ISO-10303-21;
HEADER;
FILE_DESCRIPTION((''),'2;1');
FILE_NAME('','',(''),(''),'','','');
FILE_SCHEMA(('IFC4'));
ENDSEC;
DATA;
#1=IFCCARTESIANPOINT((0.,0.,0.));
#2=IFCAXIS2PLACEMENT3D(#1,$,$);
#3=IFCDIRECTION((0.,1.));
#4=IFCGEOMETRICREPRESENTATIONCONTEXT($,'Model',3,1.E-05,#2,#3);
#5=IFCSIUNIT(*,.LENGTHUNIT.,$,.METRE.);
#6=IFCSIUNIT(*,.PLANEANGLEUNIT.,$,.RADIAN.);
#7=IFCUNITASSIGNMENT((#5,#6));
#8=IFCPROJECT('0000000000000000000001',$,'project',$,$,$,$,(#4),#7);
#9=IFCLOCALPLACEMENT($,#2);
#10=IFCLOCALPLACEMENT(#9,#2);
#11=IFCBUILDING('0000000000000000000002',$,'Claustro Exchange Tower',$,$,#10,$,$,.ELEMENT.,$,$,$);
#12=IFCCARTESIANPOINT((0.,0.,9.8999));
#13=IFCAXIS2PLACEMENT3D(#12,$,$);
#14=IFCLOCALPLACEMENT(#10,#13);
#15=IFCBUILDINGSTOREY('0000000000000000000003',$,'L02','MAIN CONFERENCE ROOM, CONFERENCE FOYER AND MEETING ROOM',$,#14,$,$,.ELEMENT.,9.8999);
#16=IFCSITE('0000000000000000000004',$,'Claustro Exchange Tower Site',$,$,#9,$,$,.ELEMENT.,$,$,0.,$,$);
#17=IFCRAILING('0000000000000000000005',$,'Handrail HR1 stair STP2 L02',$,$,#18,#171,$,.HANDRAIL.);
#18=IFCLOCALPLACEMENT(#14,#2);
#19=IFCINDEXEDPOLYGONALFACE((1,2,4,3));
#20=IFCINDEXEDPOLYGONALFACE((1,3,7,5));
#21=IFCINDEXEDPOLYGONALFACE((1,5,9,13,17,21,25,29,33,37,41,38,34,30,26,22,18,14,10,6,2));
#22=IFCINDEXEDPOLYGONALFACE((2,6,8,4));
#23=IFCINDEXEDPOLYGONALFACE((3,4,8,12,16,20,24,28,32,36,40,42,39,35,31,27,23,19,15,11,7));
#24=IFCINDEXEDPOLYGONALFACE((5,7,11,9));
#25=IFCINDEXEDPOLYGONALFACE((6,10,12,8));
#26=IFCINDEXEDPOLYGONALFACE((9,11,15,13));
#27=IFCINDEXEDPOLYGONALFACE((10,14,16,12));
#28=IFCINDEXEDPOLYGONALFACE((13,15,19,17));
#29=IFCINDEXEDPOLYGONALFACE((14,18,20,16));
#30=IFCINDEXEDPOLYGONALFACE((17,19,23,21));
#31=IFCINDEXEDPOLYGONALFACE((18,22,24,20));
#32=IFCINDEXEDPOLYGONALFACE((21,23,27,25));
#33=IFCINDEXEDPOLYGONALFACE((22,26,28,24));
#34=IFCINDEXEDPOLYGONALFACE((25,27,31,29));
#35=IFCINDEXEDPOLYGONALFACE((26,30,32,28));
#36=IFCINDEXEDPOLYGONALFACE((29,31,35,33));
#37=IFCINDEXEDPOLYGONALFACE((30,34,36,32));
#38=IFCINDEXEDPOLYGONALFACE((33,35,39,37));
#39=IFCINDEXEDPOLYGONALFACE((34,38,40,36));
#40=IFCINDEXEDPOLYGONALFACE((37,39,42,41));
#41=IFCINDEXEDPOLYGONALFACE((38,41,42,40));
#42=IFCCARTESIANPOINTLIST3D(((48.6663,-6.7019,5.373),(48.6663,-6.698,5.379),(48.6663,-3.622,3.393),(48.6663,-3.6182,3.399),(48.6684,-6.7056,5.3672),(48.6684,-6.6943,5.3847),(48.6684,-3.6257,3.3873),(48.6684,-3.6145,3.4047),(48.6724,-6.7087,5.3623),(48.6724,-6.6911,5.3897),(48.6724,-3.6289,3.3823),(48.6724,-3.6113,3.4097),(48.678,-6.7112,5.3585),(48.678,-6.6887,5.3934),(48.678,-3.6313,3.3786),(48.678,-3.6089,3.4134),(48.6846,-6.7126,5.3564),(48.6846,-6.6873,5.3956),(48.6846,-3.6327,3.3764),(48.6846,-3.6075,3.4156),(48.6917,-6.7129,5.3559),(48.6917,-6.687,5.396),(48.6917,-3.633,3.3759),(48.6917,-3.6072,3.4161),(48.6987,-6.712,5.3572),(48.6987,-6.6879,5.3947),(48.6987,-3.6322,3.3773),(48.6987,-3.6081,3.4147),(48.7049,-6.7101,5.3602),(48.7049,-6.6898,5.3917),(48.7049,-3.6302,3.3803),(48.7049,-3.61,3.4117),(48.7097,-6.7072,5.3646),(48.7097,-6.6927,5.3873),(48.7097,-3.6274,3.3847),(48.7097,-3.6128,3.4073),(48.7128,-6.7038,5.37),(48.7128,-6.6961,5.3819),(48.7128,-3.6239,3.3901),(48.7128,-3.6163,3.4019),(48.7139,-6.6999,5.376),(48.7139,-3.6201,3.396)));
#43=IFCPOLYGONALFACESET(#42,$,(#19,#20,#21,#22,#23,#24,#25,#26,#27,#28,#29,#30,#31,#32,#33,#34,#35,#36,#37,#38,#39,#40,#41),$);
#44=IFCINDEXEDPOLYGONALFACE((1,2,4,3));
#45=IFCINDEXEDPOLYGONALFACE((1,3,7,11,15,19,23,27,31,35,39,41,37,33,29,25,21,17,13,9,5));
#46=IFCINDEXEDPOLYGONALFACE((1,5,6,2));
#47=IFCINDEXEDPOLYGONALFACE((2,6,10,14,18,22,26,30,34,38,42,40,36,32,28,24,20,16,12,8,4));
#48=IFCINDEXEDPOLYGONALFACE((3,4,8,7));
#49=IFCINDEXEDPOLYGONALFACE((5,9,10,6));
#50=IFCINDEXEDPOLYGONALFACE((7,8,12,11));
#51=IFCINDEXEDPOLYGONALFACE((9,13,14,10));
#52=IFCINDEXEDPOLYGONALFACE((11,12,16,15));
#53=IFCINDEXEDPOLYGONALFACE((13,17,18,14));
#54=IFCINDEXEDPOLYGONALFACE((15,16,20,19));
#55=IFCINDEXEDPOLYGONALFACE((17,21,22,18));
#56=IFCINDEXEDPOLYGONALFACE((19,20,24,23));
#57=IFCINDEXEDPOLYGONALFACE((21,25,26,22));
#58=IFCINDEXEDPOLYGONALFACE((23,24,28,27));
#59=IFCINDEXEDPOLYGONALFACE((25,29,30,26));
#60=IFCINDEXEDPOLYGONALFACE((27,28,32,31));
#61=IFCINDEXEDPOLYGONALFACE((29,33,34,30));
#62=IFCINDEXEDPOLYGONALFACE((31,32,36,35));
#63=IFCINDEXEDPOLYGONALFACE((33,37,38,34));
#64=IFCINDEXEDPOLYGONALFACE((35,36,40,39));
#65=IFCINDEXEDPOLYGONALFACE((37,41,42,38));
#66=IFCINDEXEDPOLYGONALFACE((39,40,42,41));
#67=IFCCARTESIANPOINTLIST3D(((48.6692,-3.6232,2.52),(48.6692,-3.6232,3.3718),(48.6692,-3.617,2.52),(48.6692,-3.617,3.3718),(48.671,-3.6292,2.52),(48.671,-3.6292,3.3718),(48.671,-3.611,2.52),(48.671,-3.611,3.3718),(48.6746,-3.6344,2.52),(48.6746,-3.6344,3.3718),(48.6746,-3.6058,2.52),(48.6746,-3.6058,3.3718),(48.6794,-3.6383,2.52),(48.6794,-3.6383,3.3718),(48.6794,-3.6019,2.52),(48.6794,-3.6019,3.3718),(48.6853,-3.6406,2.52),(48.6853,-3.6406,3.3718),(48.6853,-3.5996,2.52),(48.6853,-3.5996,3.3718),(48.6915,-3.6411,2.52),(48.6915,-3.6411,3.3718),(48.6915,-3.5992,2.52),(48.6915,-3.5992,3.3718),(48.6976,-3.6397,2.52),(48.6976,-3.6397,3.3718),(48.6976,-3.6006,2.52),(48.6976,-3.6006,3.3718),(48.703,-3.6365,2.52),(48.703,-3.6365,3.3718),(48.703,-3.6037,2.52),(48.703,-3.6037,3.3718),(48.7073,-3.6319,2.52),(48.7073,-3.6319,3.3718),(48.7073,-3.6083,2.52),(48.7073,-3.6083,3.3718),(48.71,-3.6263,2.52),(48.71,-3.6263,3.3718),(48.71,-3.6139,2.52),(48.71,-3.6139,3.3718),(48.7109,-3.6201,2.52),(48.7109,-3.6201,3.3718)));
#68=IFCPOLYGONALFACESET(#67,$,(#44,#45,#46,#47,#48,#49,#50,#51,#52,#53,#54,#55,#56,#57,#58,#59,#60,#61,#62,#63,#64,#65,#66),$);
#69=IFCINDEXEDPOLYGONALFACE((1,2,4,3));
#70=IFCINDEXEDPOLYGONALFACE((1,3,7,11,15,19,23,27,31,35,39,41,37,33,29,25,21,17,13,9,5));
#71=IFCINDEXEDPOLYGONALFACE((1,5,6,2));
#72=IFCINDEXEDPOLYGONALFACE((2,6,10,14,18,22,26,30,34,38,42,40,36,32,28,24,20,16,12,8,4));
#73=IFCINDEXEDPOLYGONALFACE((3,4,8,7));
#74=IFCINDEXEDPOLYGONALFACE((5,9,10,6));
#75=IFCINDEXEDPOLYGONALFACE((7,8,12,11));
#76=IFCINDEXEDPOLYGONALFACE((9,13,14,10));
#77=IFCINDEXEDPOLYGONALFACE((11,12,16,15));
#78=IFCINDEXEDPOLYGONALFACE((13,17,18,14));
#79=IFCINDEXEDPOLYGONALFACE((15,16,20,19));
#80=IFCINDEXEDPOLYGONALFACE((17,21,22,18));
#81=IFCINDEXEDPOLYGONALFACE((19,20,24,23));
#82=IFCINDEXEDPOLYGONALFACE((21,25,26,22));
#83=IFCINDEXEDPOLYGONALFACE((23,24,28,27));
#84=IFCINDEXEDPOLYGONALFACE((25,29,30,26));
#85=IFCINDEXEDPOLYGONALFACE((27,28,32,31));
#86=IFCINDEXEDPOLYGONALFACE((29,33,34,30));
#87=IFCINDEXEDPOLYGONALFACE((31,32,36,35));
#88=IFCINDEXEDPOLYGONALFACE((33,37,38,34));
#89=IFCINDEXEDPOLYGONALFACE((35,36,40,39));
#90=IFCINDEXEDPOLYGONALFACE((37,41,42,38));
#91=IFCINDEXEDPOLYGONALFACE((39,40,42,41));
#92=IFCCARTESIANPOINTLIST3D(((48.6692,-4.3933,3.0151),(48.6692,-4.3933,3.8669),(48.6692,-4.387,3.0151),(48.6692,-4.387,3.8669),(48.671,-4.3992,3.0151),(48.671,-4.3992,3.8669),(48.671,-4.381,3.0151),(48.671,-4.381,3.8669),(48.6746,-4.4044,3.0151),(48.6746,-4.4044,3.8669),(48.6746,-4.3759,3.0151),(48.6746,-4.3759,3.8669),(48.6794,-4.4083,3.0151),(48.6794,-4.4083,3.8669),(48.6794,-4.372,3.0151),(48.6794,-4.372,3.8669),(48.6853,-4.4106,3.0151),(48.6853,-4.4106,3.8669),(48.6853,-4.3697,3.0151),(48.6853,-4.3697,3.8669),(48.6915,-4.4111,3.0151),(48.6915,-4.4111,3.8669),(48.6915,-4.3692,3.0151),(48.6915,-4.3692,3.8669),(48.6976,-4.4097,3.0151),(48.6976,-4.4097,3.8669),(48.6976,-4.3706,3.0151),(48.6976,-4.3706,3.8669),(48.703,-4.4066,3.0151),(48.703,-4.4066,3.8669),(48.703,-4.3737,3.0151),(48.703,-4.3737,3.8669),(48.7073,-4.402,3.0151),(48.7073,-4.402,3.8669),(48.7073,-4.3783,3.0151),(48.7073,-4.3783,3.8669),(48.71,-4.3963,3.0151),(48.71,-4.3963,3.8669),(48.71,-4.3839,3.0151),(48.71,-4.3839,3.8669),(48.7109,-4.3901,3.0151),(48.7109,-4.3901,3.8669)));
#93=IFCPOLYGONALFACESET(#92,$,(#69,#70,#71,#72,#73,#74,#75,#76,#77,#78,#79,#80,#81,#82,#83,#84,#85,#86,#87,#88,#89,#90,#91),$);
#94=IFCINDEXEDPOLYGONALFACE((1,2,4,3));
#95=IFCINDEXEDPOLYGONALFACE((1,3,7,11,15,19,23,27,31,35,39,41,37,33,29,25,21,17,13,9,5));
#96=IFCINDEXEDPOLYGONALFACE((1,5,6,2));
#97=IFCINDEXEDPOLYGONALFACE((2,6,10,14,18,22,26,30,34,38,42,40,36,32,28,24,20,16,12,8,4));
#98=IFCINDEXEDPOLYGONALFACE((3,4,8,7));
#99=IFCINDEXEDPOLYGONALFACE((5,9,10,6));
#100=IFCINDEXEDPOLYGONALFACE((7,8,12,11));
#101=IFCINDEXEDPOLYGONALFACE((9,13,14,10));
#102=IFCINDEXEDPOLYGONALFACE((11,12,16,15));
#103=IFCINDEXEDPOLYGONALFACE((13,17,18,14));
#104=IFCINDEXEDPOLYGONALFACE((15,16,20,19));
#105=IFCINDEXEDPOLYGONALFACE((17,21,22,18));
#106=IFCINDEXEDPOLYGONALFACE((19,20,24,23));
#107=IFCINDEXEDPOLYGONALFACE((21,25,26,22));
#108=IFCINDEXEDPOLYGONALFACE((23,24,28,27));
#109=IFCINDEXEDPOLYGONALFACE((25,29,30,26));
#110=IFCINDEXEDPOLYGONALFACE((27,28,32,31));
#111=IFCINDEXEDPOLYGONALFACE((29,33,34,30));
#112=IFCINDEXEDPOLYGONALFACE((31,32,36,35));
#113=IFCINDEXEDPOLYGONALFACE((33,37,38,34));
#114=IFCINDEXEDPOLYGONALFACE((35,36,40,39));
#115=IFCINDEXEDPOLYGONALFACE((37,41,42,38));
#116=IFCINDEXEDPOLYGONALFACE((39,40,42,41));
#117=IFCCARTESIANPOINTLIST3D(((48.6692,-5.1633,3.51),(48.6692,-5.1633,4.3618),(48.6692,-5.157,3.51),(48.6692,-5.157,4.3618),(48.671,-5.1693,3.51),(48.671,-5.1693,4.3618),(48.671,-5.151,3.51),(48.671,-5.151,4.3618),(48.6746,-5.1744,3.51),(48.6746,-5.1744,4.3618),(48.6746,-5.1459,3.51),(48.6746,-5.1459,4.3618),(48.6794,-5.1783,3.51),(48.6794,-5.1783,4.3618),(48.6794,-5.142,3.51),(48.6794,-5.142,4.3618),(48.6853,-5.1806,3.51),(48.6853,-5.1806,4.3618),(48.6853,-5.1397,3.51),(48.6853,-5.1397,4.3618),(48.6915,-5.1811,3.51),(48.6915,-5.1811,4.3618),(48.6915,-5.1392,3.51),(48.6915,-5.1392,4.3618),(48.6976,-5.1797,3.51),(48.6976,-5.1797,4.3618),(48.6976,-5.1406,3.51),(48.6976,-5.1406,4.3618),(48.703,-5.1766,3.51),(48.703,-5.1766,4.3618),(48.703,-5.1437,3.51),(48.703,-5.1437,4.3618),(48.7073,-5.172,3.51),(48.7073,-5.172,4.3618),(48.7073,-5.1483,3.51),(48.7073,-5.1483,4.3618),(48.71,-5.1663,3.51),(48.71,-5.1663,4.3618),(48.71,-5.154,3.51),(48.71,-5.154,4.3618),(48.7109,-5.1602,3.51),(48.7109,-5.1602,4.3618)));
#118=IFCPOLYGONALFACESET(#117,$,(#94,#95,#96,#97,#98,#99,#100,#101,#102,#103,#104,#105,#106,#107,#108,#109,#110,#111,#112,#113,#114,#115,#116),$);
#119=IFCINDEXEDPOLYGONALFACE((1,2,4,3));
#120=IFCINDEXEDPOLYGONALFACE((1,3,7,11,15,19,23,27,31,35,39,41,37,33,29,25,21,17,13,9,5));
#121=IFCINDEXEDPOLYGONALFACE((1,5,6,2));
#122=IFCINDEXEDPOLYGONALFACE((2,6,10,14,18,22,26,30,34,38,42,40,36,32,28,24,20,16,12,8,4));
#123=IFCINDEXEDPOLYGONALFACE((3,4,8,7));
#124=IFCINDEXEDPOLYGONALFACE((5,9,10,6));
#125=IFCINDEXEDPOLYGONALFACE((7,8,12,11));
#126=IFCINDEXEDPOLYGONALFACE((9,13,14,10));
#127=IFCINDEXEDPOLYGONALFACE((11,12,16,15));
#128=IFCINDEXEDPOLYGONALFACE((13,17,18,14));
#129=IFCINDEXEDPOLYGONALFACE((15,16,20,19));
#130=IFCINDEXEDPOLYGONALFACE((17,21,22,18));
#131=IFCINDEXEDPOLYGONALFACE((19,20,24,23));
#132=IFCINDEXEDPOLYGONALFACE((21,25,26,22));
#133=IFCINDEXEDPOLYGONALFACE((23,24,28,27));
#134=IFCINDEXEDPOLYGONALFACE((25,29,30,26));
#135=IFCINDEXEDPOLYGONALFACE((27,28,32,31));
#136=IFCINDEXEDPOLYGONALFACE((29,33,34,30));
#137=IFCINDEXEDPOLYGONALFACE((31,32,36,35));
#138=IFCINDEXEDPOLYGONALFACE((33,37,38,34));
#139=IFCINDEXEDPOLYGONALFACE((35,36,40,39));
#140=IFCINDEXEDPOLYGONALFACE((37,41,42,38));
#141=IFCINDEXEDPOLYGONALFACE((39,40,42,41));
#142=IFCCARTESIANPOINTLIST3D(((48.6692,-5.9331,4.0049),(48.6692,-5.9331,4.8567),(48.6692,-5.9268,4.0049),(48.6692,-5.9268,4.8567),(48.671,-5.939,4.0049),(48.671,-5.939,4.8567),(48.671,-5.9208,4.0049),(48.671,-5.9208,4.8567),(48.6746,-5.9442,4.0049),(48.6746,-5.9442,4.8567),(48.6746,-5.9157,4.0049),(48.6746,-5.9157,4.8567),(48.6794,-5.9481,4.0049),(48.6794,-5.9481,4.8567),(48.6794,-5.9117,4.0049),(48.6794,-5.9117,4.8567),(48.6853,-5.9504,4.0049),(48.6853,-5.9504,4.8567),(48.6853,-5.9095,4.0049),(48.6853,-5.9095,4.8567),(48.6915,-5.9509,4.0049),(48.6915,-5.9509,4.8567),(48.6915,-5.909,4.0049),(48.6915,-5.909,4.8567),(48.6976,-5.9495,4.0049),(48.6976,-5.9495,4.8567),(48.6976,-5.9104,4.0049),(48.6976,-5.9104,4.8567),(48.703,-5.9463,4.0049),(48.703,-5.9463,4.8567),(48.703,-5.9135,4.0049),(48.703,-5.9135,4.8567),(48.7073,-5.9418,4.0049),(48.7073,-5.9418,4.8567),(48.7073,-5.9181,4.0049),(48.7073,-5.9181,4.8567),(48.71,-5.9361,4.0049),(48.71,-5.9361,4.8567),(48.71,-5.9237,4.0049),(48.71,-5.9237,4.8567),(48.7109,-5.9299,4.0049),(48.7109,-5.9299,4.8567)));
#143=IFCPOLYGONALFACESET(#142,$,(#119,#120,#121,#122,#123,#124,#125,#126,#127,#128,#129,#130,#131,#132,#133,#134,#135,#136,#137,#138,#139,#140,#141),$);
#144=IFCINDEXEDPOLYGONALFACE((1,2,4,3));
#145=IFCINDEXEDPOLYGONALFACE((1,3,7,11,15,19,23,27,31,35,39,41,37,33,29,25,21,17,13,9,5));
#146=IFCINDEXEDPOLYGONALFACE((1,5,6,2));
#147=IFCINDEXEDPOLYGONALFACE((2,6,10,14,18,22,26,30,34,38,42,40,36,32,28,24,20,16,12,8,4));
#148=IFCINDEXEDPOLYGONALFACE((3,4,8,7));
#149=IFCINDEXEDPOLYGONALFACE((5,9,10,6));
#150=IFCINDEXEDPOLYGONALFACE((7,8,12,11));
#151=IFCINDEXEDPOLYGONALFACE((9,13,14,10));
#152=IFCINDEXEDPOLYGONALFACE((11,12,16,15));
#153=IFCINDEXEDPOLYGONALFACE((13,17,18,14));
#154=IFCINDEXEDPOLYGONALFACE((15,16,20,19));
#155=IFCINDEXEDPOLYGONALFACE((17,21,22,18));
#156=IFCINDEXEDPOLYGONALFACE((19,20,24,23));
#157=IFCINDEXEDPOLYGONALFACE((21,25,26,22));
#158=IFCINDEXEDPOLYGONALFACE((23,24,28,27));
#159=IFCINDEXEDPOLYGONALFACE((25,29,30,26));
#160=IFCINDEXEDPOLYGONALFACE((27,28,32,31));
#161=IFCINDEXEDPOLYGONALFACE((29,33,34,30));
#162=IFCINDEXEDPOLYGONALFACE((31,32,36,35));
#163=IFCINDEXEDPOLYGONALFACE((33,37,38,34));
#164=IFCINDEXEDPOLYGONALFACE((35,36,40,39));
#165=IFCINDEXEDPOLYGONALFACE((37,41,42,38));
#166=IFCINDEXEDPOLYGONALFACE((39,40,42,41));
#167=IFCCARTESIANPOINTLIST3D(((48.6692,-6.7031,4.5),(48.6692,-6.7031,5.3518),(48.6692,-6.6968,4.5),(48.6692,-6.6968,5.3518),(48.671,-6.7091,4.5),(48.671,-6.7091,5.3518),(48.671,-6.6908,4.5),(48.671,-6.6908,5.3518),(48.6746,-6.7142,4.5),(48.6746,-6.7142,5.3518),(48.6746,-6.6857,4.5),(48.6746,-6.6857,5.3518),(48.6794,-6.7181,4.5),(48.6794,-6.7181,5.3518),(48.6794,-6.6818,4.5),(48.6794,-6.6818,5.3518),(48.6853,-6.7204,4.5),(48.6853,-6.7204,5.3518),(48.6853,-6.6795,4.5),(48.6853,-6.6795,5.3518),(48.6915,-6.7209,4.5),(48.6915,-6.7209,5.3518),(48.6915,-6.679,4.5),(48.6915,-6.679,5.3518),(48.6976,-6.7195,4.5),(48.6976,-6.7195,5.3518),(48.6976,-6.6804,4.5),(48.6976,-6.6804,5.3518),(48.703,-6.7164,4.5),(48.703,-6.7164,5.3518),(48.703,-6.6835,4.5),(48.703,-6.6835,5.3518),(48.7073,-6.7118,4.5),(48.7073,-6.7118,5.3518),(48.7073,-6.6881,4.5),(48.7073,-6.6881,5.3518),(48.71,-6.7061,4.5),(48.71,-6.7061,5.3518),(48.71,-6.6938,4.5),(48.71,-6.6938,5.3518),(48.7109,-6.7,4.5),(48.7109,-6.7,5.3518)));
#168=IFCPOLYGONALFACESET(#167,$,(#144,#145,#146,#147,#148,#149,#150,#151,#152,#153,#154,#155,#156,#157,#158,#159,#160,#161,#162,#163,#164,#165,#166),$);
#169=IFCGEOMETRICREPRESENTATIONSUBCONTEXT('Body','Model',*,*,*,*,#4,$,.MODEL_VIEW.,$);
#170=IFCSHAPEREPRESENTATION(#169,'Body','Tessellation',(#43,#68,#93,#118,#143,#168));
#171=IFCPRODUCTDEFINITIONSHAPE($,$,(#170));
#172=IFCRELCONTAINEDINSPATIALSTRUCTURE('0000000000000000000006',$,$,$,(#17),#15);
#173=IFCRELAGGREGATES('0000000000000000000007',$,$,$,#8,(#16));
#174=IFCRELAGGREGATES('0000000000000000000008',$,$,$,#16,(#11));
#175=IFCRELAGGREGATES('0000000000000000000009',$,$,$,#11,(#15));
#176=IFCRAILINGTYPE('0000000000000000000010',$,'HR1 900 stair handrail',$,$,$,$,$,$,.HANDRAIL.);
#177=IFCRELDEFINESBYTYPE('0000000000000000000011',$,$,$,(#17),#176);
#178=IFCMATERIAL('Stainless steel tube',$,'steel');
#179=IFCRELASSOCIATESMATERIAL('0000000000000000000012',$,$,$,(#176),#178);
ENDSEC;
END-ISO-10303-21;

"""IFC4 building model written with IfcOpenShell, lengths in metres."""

from ifc_helpers import new_model, si_unit, direction, frame, origin, origin_2d, place, context, subcontext, project, spatial, circle, extrude, material, type_object, element, save


model = new_model("IFC4")

# Units and contexts
model_context = context("Model", 3, precision=1e-05, world=origin(), true_north=direction((0.0, 1.0)))
body_context = subcontext(model_context, "Body", "Model", "MODEL_VIEW")
ifc_project = project(units=[si_unit("LENGTHUNIT", "METRE"), si_unit("PLANEANGLEUNIT", "RADIAN")], contexts=[model_context])

# Site, building, storey
site_placement = place(None, origin())
site = spatial("IfcSite", under=ifc_project, at=site_placement, Name="Claustro Exchange Tower Site", CompositionType="ELEMENT", RefElevation=0.0)
building_placement = place(site_placement, origin())
building = spatial("IfcBuilding", under=site, at=building_placement, Name="Claustro Exchange Tower", CompositionType="ELEMENT")
storey_placement = place(building_placement, frame((0.0, 0.0, 9.8999)))
storey = spatial("IfcBuildingStorey", under=building, at=storey_placement, Name="L02", Description="MAIN CONFERENCE ROOM, CONFERENCE FOYER AND MEETING ROOM", CompositionType="ELEMENT", Elevation=9.8999)

# Railing
ifc_material_1 = material(Name="Stainless steel tube", Category="steel")
railing_type_1 = type_object("IfcRailingType", Name="HR1 900 stair handrail", PredefinedType="HANDRAIL", material=ifc_material_1)
railing_1_placement = place(storey_placement, frame((48.6899, -3.6201, 2.52)))
element("IfcRailing", 1, at=railing_1_placement, inside=storey, type_object=railing_type_1, Name="Handrail HR1 stair STP2 L02", PredefinedType="HANDRAIL", context=body_context, shape_type="SweptSolid", body=[
    extrude(circle(Radius=0.0239, at=origin_2d()), frame((0.0, 0.0, 0.876), z_axis=(0.0, -0.841168, 0.540774), x_axis=(1.0, 0.0, 0.0)), (0.0, 0.0, 1.0), 3.6614),
    extrude(circle(Radius=0.021, at=origin_2d()), origin(), (0.0, 0.0, 1.0), 0.8518),
    extrude(circle(Radius=0.021, at=origin_2d()), frame((0.0, -0.77, 0.4951)), (0.0, 0.0, 1.0), 0.8518),
    extrude(circle(Radius=0.021, at=origin_2d()), frame((0.0, -1.54, 0.99)), (0.0, 0.0, 1.0), 0.8518),
    extrude(circle(Radius=0.021, at=origin_2d()), frame((0.0, -2.3098, 1.4849)), (0.0, 0.0, 1.0), 0.8518),
    extrude(circle(Radius=0.021, at=origin_2d()), frame((0.0, -3.0798, 1.98)), (0.0, 0.0, 1.0), 0.8518),
])

save(model, "model.ifc")
